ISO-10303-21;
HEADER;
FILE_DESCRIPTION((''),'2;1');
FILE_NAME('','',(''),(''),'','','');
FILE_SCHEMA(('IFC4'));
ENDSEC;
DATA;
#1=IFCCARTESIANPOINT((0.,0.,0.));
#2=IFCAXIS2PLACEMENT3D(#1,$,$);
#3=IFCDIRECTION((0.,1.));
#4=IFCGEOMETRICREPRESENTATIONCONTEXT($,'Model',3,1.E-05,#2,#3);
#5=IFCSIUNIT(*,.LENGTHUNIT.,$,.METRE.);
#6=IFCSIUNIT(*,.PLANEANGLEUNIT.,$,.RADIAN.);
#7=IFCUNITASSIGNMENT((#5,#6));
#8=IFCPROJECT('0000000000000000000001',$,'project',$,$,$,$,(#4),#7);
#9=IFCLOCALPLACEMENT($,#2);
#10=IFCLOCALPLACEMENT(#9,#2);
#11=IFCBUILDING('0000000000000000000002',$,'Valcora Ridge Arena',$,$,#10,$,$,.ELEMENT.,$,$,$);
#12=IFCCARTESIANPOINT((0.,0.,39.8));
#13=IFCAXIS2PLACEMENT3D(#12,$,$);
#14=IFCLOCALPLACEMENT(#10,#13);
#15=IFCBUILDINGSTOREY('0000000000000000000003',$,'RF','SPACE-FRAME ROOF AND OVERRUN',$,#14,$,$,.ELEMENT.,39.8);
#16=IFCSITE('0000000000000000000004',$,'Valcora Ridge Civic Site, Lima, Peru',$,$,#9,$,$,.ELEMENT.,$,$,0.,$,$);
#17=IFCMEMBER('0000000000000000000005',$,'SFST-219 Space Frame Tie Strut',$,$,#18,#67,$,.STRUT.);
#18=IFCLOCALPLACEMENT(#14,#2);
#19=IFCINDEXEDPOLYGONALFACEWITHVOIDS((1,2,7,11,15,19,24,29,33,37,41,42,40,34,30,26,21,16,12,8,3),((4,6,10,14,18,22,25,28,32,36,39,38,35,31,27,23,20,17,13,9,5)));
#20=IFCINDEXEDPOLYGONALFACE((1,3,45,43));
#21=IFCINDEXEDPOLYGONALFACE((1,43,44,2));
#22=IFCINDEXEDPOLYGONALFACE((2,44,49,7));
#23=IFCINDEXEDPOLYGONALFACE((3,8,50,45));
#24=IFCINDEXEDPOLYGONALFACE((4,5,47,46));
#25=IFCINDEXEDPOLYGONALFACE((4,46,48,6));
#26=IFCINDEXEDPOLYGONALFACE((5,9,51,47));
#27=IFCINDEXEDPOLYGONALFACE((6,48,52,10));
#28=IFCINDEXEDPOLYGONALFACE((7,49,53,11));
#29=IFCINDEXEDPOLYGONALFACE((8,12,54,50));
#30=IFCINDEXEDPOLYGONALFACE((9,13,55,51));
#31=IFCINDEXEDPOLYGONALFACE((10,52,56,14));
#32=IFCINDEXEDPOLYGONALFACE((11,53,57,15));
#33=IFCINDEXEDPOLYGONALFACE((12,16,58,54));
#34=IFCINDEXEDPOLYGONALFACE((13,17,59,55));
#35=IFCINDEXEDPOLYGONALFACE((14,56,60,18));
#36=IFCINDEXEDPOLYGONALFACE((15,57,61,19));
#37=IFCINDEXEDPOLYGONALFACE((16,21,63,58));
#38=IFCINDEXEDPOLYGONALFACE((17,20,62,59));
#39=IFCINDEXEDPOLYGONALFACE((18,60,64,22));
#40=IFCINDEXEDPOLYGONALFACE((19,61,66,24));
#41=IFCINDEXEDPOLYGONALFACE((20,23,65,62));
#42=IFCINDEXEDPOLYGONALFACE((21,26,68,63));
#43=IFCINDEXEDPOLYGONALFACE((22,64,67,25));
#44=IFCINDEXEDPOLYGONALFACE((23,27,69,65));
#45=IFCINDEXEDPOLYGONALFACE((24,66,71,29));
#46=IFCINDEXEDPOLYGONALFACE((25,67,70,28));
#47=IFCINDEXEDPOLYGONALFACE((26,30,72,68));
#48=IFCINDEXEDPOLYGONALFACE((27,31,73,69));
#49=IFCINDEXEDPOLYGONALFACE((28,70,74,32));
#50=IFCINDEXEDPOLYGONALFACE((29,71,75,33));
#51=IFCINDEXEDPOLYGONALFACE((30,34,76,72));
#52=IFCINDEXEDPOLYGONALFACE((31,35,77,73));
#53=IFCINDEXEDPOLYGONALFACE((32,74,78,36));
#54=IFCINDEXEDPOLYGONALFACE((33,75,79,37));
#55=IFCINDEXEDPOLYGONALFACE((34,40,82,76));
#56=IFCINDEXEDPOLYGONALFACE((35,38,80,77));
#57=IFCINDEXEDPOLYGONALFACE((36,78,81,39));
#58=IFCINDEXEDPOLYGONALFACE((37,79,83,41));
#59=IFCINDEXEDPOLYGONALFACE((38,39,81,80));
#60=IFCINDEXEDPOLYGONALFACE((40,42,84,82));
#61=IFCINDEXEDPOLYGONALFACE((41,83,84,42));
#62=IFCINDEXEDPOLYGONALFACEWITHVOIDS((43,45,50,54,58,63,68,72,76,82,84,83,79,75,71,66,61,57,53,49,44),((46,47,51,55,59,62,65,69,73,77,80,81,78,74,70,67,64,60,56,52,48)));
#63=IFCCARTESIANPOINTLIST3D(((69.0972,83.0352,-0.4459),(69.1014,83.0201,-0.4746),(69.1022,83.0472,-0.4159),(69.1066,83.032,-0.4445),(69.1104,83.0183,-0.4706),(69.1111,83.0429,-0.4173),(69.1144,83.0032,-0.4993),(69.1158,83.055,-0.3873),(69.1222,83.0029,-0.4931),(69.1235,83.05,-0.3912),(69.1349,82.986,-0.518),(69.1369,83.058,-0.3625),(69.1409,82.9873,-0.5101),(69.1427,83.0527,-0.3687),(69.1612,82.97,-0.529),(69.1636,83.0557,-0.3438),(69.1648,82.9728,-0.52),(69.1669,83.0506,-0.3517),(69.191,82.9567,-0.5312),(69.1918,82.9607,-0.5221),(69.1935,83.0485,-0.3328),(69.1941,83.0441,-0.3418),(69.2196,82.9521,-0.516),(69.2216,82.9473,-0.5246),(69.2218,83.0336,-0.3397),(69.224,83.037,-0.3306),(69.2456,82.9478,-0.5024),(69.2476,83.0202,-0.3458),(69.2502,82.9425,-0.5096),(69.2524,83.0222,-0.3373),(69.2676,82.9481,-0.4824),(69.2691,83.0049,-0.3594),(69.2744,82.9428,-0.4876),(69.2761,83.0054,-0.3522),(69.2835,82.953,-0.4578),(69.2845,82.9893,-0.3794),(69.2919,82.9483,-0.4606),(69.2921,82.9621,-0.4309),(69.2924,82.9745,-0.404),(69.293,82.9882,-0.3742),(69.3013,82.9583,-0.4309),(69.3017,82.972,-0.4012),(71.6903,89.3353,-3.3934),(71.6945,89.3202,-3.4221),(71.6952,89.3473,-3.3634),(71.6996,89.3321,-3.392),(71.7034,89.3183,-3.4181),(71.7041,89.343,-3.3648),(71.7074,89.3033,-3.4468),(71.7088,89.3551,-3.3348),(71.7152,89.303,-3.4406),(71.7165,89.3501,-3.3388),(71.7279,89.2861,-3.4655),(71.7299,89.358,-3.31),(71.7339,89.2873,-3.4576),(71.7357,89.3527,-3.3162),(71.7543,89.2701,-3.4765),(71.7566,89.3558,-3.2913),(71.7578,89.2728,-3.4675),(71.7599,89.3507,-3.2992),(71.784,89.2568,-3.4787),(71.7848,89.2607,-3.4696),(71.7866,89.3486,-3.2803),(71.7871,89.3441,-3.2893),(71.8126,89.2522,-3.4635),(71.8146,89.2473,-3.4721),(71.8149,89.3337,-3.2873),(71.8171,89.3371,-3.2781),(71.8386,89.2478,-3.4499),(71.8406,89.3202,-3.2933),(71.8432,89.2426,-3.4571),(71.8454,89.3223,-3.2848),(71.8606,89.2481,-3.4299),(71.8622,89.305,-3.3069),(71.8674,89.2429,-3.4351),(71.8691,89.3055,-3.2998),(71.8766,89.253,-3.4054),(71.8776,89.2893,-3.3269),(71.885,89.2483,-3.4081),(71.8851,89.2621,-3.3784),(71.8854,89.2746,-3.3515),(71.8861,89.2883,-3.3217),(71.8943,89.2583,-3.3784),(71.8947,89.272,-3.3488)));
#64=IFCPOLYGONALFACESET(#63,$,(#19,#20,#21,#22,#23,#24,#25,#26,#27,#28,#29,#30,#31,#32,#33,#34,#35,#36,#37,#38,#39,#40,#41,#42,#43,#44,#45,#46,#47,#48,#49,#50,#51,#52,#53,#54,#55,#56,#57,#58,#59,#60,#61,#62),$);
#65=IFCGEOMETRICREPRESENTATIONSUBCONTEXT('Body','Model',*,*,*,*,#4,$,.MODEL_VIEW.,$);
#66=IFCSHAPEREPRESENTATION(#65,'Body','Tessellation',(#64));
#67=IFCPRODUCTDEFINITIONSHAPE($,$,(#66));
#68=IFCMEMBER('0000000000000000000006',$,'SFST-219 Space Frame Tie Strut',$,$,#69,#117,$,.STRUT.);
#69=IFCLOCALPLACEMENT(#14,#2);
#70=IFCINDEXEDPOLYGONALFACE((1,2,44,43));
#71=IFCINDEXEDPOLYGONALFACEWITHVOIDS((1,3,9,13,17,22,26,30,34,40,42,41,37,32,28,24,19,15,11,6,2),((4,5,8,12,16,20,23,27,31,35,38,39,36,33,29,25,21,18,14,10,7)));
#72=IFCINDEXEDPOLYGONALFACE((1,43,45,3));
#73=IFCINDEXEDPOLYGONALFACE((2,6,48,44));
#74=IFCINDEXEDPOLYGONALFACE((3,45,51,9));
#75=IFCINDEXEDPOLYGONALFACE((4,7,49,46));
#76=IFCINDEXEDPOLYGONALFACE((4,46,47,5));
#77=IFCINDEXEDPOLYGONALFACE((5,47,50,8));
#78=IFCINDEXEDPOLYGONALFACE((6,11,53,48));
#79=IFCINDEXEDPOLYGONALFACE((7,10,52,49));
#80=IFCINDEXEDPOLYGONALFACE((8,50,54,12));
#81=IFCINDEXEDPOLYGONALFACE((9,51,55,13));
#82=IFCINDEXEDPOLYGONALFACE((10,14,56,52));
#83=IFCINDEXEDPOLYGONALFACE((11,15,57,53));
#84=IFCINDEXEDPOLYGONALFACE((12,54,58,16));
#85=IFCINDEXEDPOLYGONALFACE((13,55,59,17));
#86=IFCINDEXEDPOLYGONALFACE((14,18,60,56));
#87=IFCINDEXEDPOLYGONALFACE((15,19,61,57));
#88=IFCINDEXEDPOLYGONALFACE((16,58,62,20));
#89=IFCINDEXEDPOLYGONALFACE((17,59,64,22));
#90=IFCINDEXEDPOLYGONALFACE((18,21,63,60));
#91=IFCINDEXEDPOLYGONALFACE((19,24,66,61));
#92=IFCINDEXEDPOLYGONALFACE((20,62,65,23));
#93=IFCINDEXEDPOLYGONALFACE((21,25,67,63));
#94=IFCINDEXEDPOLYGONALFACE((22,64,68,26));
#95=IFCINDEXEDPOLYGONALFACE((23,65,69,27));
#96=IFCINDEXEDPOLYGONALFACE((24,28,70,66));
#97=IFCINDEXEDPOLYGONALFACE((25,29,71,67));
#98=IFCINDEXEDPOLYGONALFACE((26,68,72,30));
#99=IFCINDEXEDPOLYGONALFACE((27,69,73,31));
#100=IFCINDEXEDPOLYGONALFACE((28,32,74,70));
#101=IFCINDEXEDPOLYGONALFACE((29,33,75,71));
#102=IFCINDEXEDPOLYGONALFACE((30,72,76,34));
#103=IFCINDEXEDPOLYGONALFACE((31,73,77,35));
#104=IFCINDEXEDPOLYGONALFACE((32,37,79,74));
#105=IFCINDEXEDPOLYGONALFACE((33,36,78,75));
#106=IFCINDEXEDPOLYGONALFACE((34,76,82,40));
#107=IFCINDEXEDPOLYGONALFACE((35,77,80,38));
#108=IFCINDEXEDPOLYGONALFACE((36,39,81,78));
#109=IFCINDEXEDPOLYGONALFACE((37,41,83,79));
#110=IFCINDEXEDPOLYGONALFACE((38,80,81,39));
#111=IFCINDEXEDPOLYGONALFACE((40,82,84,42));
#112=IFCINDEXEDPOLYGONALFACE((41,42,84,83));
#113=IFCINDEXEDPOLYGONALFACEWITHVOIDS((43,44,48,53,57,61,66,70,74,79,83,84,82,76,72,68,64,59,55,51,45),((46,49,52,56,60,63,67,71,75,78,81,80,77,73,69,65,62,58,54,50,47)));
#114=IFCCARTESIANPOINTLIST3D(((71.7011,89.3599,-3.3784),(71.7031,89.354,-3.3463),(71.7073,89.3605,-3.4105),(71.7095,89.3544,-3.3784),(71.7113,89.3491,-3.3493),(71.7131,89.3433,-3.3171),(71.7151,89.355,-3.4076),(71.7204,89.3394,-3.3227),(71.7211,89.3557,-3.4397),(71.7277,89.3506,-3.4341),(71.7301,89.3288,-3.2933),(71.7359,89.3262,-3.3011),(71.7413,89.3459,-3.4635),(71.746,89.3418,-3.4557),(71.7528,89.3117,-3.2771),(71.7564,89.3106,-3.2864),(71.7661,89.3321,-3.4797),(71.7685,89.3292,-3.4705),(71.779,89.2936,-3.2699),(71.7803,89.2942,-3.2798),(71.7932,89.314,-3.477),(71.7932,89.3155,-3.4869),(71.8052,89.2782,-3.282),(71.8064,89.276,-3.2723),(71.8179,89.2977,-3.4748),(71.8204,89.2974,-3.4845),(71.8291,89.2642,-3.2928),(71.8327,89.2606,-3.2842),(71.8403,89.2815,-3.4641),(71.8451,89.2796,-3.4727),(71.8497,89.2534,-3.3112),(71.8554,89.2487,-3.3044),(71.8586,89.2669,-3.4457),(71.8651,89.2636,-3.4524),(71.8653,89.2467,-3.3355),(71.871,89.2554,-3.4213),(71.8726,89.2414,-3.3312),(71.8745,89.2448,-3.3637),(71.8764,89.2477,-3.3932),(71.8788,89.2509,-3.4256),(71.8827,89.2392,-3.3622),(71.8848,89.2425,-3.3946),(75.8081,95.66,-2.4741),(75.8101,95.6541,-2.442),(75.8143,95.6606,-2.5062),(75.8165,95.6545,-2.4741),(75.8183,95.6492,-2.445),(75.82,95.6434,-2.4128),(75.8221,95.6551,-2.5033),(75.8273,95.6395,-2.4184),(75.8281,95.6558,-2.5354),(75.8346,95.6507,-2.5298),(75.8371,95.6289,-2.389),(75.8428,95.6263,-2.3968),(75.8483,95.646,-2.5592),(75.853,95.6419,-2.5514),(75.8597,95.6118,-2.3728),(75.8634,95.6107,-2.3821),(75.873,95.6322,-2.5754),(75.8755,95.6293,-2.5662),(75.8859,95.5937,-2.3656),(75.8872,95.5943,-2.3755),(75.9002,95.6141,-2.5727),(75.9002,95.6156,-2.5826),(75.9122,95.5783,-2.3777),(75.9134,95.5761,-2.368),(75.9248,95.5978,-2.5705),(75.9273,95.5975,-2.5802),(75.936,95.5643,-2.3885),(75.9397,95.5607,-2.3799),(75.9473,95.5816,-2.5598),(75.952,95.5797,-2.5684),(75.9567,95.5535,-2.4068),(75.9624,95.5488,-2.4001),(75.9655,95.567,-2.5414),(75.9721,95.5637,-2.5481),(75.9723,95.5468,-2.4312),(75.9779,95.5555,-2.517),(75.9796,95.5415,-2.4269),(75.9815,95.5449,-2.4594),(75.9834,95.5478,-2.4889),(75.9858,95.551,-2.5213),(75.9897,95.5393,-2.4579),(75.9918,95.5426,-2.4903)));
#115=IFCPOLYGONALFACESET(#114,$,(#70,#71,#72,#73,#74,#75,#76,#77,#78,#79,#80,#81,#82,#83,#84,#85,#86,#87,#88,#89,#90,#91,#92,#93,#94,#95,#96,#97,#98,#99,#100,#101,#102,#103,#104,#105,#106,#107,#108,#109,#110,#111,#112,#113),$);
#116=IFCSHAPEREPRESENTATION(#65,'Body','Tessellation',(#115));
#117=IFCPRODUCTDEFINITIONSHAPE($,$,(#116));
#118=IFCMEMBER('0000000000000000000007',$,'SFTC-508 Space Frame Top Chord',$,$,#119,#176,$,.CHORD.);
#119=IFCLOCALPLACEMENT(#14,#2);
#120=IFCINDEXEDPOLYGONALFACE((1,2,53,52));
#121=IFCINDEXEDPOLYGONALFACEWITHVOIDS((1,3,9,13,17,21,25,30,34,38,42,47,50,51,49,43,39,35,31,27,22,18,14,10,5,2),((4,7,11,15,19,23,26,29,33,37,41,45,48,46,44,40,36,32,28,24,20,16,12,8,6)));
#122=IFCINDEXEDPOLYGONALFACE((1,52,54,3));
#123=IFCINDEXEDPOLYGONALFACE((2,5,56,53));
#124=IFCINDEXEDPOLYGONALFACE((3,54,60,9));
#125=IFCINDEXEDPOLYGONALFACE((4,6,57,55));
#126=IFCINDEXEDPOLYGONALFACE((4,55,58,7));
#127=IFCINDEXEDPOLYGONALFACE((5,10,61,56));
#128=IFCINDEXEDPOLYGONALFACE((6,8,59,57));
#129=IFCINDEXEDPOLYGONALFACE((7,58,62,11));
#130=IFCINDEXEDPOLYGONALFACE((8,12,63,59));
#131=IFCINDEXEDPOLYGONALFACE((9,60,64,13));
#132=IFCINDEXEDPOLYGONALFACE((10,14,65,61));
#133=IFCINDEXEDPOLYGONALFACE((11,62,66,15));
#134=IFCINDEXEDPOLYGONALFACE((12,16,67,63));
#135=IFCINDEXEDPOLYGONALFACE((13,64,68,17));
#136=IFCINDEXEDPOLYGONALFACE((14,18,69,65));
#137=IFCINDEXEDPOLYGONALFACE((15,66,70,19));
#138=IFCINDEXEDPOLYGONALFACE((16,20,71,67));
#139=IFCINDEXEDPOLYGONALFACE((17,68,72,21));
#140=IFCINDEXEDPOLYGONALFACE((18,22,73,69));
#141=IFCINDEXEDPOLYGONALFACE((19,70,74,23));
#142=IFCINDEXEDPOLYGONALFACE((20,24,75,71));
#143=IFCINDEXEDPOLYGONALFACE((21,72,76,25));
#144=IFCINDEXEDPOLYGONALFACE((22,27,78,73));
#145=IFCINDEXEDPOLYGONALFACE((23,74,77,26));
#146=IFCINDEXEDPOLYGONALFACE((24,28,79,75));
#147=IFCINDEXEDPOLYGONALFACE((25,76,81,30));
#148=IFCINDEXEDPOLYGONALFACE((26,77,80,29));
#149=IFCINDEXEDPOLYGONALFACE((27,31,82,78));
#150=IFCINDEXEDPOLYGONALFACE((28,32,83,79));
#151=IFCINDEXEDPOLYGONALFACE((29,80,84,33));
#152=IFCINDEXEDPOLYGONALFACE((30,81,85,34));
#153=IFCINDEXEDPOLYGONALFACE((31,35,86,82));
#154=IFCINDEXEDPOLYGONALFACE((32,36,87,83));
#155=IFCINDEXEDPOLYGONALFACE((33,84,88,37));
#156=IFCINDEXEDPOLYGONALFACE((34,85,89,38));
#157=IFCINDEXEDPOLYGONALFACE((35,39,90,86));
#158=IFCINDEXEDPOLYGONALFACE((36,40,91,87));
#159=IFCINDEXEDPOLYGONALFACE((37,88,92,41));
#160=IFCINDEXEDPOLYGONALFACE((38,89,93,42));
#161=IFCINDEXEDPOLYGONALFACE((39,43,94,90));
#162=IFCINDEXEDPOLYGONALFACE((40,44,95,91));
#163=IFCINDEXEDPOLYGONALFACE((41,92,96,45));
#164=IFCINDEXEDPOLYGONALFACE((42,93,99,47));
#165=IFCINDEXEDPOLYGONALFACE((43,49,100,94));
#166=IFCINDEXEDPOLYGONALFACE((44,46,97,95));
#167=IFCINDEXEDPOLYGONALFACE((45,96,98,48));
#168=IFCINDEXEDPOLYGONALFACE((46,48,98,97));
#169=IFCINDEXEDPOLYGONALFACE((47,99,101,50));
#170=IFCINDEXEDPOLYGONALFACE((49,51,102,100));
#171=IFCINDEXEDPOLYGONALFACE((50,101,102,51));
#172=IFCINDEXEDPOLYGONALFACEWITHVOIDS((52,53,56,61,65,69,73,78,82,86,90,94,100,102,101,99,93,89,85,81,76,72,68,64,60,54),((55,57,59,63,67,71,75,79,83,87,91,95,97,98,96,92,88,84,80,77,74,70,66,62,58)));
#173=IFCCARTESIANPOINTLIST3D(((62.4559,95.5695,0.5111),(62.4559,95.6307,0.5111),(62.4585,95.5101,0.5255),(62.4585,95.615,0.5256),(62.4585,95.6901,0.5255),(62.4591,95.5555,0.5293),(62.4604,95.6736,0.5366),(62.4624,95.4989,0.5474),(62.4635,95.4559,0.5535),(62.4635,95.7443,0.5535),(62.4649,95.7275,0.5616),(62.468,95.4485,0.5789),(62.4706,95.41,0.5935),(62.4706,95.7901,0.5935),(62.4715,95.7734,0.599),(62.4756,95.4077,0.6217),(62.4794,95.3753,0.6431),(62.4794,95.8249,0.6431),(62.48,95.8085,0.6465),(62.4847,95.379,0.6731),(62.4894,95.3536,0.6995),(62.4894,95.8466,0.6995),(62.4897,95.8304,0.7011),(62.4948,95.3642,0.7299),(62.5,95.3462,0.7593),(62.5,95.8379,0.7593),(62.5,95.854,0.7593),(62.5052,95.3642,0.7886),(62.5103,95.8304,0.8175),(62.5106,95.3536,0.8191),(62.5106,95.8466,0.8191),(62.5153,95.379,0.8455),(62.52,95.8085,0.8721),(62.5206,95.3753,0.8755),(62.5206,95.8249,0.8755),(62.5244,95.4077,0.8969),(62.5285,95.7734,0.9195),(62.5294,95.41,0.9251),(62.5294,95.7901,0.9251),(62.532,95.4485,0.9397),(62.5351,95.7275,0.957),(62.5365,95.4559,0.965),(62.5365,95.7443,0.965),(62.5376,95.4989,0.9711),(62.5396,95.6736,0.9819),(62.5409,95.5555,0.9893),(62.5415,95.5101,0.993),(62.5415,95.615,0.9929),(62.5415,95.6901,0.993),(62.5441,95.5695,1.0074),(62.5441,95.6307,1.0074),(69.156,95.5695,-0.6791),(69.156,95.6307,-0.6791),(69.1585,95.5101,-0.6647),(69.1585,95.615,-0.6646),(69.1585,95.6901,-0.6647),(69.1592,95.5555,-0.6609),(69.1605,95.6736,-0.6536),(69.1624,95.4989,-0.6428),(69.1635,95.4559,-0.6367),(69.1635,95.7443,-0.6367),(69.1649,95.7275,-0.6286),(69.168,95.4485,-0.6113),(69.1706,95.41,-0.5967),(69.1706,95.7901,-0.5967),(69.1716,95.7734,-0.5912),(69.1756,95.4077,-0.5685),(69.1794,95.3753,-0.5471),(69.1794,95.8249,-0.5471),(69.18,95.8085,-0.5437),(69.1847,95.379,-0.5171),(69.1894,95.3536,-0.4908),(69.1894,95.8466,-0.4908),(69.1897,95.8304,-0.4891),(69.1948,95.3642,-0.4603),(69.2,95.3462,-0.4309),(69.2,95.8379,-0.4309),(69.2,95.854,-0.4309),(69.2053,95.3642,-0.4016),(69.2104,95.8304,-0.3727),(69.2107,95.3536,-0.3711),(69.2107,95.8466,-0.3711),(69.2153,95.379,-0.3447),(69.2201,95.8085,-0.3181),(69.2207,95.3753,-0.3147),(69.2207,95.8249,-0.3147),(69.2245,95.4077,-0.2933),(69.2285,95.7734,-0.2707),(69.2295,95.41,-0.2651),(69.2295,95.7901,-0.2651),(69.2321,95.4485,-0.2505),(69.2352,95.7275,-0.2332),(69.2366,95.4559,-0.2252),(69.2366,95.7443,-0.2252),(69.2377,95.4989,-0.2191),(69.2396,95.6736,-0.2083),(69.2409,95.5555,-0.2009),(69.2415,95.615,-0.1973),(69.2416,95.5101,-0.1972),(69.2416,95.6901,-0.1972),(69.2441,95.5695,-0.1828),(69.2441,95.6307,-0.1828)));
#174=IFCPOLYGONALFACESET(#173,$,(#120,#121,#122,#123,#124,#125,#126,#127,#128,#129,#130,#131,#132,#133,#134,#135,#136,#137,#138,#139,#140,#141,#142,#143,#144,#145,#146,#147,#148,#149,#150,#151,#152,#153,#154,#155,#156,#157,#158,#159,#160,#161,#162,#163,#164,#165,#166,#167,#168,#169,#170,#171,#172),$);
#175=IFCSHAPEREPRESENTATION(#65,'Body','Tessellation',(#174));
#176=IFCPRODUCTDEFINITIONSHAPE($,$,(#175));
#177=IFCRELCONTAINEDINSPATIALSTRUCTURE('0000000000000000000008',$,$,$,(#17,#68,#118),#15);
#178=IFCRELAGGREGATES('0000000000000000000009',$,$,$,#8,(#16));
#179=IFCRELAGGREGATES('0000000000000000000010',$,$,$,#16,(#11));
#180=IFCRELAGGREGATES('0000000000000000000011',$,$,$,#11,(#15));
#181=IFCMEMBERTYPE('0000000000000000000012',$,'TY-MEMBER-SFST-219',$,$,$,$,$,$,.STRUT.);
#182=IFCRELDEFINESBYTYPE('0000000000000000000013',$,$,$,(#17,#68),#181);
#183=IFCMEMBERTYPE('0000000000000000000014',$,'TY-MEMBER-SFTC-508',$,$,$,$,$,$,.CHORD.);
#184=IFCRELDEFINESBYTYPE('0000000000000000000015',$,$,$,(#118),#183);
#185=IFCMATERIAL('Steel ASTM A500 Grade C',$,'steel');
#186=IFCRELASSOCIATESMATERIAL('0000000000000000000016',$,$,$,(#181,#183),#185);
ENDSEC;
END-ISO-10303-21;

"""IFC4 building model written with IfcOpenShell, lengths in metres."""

from ifc_helpers import new_model, si_unit, direction, frame, origin, origin_2d, place, context, subcontext, project, spatial, hollow_circle, extrude, material, material_profile, profile_set, type_object, element, save


model = new_model("IFC4")

# Units and contexts
model_context = context("Model", 3, precision=1e-05, world=origin(), true_north=direction((0.0, 1.0)))
body_context = subcontext(model_context, "Body", "Model", "MODEL_VIEW")
ifc_project = project(units=[si_unit("LENGTHUNIT", "METRE"), si_unit("PLANEANGLEUNIT", "RADIAN")], contexts=[model_context])

# Site, building, storey
site_placement = place(None, origin())
site = spatial("IfcSite", under=ifc_project, at=site_placement, Name="Valcora Ridge Civic Site, Lima, Peru", CompositionType="ELEMENT", RefElevation=0.0)
building_placement = place(site_placement, origin())
building = spatial("IfcBuilding", under=site, at=building_placement, Name="Valcora Ridge Arena", CompositionType="ELEMENT")
storey_placement = place(building_placement, frame((0.0, 0.0, 39.8)))
storey = spatial("IfcBuildingStorey", under=building, at=storey_placement, Name="RF", Description="SPACE-FRAME ROOF AND OVERRUN", CompositionType="ELEMENT", Elevation=39.8)

# Members
ifc_material_1 = material(Name="Steel ASTM A500 Grade C", Category="steel")
ifc_material_profile_1 = material_profile(ifc_material_1, hollow_circle(Radius=0.1096, WallThickness=0.01, at=origin_2d()), Name="CHS219X10")
ifc_profile_set_1 = profile_set([ifc_material_profile_1], Name="Steel ASTM A500 Grade C")
member_type_1 = type_object("IfcMemberType", Name="TY-MEMBER-SFST-219", PredefinedType="STRUT", material=ifc_profile_set_1)
member_1_placement = place(storey_placement, frame((71.793, 89.3, -3.3784), z_axis=(-0.349318, -0.84871, 0.397074), x_axis=(0.924736, -0.380609, 0.0)))
element("IfcMember", 1, at=member_1_placement, inside=storey, type_object=member_type_1, Name="SFST-219 Space Frame Tie Strut", PredefinedType="STRUT", context=body_context, shape_type="SweptSolid", body=[
    extrude(hollow_circle(Radius=0.1096, WallThickness=0.01, at=origin_2d()), origin(), (0.0, 0.0, 1.0), 7.4231),
])
member_2_placement = place(storey_placement, frame((71.793, 89.3, -3.3784), z_axis=(0.542195, 0.831728, 0.119385), x_axis=(-0.83772, 0.5461, 0.0)))
element("IfcMember", 2, at=member_2_placement, inside=storey, type_object=member_type_1, Name="SFST-219 Space Frame Tie Strut", PredefinedType="STRUT", context=body_context, shape_type="SweptSolid", body=[
    extrude(hollow_circle(Radius=0.1096, WallThickness=0.01, at=origin_2d()), origin(), (0.0, 0.0, 1.0), 7.5747),
])
ifc_material_profile_2 = material_profile(ifc_material_1, hollow_circle(Radius=0.2539, WallThickness=0.0161, at=origin_2d()), Name="CHS508X16")
ifc_profile_set_2 = profile_set([ifc_material_profile_2], Name="Steel ASTM A500 Grade C")
member_type_2 = type_object("IfcMemberType", Name="TY-MEMBER-SFTC-508", PredefinedType="CHORD", material=ifc_profile_set_2)
member_3_placement = place(storey_placement, frame((62.5, 95.6001, 0.7593), z_axis=(0.984586, 0.0, -0.174903), x_axis=(0.0, 1.0, 0.0)))
element("IfcMember", 3, at=member_3_placement, inside=storey, type_object=member_type_2, Name="SFTC-508 Space Frame Top Chord", PredefinedType="CHORD", context=body_context, shape_type="SweptSolid", body=[
    extrude(hollow_circle(Radius=0.2539, WallThickness=0.0161, at=origin_2d()), origin(), (0.0, 0.0, 1.0), 6.8049),
])

save(model, "model.ifc")
